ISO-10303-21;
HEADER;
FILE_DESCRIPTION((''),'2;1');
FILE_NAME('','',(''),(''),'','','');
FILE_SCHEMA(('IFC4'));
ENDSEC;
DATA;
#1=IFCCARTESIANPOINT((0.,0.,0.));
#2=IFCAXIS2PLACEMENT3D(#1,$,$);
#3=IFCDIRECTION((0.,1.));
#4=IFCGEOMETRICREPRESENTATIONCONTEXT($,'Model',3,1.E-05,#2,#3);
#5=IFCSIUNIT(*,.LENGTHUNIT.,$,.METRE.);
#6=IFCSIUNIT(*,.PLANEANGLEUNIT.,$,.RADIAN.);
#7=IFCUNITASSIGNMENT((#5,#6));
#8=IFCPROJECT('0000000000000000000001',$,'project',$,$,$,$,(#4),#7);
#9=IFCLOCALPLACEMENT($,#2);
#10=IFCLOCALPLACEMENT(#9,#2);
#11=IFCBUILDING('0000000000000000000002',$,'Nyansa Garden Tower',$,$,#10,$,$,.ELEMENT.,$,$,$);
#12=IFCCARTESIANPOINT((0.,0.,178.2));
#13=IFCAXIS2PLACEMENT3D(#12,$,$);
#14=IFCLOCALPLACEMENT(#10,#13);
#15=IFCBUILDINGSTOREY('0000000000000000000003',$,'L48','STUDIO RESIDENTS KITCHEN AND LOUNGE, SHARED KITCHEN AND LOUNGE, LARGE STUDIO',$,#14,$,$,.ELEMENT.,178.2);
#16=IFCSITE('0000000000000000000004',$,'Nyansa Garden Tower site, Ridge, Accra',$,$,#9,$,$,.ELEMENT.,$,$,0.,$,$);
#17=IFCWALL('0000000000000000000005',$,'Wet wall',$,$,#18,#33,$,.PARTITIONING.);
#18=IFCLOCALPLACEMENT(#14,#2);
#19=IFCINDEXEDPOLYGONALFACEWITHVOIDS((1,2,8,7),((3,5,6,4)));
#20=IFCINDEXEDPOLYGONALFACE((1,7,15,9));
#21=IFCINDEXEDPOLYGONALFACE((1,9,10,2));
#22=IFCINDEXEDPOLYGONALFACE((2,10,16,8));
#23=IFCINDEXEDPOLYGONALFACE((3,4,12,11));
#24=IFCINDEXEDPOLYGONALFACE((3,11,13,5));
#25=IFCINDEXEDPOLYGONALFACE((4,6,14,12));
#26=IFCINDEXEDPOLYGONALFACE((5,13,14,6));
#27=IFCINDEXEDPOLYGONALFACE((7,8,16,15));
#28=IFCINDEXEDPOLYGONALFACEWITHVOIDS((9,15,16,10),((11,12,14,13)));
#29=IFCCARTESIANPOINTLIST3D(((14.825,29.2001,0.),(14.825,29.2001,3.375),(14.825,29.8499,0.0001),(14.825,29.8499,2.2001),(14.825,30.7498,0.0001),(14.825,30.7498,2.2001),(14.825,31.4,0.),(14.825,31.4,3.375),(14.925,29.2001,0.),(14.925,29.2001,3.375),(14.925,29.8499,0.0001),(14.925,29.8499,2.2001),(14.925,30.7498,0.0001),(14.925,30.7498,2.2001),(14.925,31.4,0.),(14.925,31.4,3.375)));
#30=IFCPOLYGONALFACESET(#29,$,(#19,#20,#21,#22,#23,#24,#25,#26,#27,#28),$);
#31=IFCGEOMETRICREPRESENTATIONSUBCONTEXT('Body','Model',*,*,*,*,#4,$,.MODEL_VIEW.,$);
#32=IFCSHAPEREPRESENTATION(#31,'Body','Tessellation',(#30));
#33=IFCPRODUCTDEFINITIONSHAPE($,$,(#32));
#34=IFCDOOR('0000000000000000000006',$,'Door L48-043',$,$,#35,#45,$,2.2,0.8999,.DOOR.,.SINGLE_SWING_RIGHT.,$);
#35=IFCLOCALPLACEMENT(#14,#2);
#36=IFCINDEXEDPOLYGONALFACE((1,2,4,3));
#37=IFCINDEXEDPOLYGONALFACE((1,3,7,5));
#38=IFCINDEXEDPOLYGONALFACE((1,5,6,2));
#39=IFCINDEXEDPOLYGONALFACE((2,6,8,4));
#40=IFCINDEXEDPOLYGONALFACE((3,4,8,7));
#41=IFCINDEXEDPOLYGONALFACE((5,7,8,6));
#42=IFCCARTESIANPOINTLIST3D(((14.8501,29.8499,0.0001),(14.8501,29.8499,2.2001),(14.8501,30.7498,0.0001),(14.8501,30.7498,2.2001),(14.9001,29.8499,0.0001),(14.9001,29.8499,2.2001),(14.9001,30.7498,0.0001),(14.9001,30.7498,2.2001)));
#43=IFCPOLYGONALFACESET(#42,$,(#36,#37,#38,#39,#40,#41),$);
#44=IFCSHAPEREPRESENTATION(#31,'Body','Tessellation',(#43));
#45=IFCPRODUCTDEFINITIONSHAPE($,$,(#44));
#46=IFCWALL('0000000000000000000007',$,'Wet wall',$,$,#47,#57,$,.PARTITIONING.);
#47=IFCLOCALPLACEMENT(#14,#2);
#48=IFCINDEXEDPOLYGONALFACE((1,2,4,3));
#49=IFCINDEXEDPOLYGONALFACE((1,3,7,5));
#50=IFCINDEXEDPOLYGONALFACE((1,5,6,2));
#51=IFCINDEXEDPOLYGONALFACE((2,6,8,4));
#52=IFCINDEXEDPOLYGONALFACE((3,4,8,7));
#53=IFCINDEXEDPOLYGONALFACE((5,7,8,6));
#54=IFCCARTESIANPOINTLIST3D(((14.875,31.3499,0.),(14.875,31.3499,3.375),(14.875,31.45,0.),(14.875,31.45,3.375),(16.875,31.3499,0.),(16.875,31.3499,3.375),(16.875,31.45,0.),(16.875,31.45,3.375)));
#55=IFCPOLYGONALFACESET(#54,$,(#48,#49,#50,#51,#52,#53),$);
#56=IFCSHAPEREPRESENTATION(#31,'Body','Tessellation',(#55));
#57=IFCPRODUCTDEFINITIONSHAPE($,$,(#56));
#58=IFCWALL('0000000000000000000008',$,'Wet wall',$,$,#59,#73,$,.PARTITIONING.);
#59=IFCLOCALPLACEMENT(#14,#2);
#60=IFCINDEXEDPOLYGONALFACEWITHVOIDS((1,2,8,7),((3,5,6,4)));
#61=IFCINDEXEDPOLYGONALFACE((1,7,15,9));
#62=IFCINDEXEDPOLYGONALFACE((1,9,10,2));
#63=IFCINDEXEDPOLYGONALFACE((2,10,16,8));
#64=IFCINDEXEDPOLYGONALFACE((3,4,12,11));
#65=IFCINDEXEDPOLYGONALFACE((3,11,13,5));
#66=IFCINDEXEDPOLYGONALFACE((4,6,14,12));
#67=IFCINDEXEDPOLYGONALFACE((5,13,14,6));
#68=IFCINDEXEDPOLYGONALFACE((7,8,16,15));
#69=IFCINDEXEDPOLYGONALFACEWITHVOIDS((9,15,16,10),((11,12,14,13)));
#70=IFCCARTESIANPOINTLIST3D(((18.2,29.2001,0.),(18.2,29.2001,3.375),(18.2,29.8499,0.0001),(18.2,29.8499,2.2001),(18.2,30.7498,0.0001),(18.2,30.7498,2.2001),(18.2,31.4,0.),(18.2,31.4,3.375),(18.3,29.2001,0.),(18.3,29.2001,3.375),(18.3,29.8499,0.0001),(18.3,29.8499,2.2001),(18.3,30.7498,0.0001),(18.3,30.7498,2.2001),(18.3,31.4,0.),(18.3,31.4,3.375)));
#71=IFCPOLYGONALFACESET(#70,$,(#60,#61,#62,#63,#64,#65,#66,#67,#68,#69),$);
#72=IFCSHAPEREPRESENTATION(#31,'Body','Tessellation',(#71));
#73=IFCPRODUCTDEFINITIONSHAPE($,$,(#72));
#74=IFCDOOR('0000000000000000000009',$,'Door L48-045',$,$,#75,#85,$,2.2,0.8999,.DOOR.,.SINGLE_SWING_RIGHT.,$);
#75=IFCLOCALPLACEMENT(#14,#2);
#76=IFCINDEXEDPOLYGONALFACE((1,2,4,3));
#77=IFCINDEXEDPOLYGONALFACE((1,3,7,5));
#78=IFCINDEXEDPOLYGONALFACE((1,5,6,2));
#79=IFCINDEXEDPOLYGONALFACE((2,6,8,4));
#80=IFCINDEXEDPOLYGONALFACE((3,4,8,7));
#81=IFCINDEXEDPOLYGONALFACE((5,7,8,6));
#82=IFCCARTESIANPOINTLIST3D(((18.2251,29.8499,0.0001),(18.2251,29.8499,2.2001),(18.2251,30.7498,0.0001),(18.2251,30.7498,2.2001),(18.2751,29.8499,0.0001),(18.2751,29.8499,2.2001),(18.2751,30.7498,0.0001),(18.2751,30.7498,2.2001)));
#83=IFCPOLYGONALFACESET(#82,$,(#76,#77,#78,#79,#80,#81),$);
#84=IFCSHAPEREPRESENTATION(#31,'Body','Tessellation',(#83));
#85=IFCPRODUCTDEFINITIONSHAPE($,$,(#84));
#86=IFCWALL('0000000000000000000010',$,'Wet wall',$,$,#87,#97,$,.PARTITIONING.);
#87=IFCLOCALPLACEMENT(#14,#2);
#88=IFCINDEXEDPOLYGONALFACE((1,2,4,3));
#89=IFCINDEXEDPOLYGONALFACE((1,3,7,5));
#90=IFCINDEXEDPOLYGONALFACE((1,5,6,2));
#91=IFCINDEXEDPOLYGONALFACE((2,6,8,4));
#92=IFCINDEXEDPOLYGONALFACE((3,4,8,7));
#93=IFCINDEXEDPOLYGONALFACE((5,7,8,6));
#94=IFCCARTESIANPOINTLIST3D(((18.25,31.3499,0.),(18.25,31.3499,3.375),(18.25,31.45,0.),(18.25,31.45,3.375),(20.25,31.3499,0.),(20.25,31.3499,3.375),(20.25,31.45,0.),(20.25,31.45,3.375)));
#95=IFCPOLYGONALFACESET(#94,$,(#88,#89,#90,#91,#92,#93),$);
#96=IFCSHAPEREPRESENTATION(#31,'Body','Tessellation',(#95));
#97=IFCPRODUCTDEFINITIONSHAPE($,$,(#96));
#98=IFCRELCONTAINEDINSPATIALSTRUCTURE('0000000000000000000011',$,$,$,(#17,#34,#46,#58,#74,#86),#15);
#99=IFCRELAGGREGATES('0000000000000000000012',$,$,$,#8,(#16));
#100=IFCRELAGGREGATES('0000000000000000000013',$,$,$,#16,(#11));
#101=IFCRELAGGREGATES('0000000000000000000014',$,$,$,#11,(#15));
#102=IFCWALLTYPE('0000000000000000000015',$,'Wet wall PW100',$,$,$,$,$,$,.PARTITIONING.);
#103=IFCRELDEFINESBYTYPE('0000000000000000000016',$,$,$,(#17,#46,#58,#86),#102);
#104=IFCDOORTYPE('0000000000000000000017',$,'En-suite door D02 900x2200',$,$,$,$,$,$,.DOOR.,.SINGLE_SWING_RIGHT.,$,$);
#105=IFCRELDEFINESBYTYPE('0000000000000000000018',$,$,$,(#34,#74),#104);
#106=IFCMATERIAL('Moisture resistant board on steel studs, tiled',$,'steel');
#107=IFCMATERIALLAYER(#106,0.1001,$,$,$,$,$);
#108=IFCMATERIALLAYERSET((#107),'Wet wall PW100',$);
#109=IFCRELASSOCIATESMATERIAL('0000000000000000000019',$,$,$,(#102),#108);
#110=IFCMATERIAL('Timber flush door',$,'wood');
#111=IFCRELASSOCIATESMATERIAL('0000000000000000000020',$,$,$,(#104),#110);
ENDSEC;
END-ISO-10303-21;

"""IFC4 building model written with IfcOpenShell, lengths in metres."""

from ifc_helpers import new_model, si_unit, direction, frame, frame_2d, origin, place, context, subcontext, project, spatial, rectangle, extrude, material, layer, layer_set, type_object, element, fill, save


model = new_model("IFC4")

# Units and contexts
model_context = context("Model", 3, precision=1e-05, world=origin(), true_north=direction((0.0, 1.0)))
body_context = subcontext(model_context, "Body", "Model", "MODEL_VIEW")
ifc_project = project(units=[si_unit("LENGTHUNIT", "METRE"), si_unit("PLANEANGLEUNIT", "RADIAN")], contexts=[model_context])

# Site, building, storey
site_placement = place(None, origin())
site = spatial("IfcSite", under=ifc_project, at=site_placement, Name="Nyansa Garden Tower site, Ridge, Accra", CompositionType="ELEMENT", RefElevation=0.0)
building_placement = place(site_placement, origin())
building = spatial("IfcBuilding", under=site, at=building_placement, Name="Nyansa Garden Tower", CompositionType="ELEMENT")
storey_placement = place(building_placement, frame((0.0, 0.0, 178.2)))
storey = spatial("IfcBuildingStorey", under=building, at=storey_placement, Name="L48", Description="STUDIO RESIDENTS KITCHEN AND LOUNGE, SHARED KITCHEN AND LOUNGE, LARGE STUDIO", CompositionType="ELEMENT", Elevation=178.2)

# Wall, opening, door
ifc_material_1 = material(Name="Moisture resistant board on steel studs, tiled", Category="steel")
ifc_layer_1 = layer(ifc_material_1, 0.1001)
ifc_layer_set_1 = layer_set([ifc_layer_1], Name="Wet wall PW100")
wall_type_1 = type_object("IfcWallType", Name="Wet wall PW100", PredefinedType="PARTITIONING", material=ifc_layer_set_1)
wall_1_placement = place(storey_placement, frame((14.875, 29.2, 0.0), z_axis=(0.0, 0.0, 1.0), x_axis=(0.0, 1.0, 0.0)))
wall_1 = element("IfcWall", 1, at=wall_1_placement, inside=storey, type_object=wall_type_1, Name="Wet wall", PredefinedType="PARTITIONING", context=body_context, shape_type="SweptSolid", body=[
    extrude(rectangle(XDim=2.2, YDim=0.1001, at=frame_2d((1.1001, 0.0))), origin(), (0.0, 0.0, 1.0), 3.375),
])
opening_1_placement = place(wall_1_placement, frame((0.6499, 0.0, 0.0)))
opening_1 = element("IfcOpeningElement", 2, at=opening_1_placement, cuts=wall_1, PredefinedType="OPENING", context=body_context, shape_type="SweptSolid", body=[
    extrude(rectangle(XDim=0.8999, YDim=2.2, at=frame_2d((0.45, 1.1001))), frame((0.0, 0.0601, 0.0), z_axis=(0.0, -1.0, 0.0), x_axis=(1.0, 0.0, 0.0)), (0.0, 0.0, 1.0), 0.1201),
])
ifc_material_2 = material(Name="Timber flush door", Category="wood")
door_type = type_object("IfcDoorType", Name="En-suite door D02 900x2200", OperationType="SINGLE_SWING_RIGHT", PredefinedType="DOOR", material=ifc_material_2)
door_1_placement = place(opening_1_placement, origin())
door_1 = element("IfcDoor", 3, at=door_1_placement, inside=storey, type_object=door_type, Name="Door L48-043", OperationType="SINGLE_SWING_RIGHT", OverallHeight=2.2, OverallWidth=0.8999, PredefinedType="DOOR", context=body_context, shape_type="SweptSolid", body=[
    extrude(rectangle(XDim=0.8999, YDim=2.2, at=frame_2d((0.45, 1.1001))), frame((0.0, 0.0249, 0.0), z_axis=(0.0, -1.0, 0.0), x_axis=(1.0, 0.0, 0.0)), (0.0, 0.0, 1.0), 0.05),
])
fill(opening_1, door_1)

# Wall
wall_2_placement = place(storey_placement, frame((14.875, 31.3999, 0.0), z_axis=(0.0, 0.0, 1.0), x_axis=(1.0, 0.0, 0.0)))
element("IfcWall", 4, at=wall_2_placement, inside=storey, type_object=wall_type_1, Name="Wet wall", PredefinedType="PARTITIONING", context=body_context, shape_type="SweptSolid", body=[
    extrude(rectangle(XDim=2.0, YDim=0.1001, at=frame_2d((1.0, 0.0))), origin(), (0.0, 0.0, 1.0), 3.375),
])

# Wall, opening, door
wall_3_placement = place(storey_placement, frame((18.25, 29.2, 0.0), z_axis=(0.0, 0.0, 1.0), x_axis=(0.0, 1.0, 0.0)))
wall_3 = element("IfcWall", 5, at=wall_3_placement, inside=storey, type_object=wall_type_1, Name="Wet wall", PredefinedType="PARTITIONING", context=body_context, shape_type="SweptSolid", body=[
    extrude(rectangle(XDim=2.2, YDim=0.1001, at=frame_2d((1.1001, 0.0))), origin(), (0.0, 0.0, 1.0), 3.375),
])
opening_2_placement = place(wall_3_placement, frame((0.6499, 0.0, 0.0)))
opening_2 = element("IfcOpeningElement", 6, at=opening_2_placement, cuts=wall_3, PredefinedType="OPENING", context=body_context, shape_type="SweptSolid", body=[
    extrude(rectangle(XDim=0.8999, YDim=2.2, at=frame_2d((0.45, 1.1001))), frame((0.0, 0.0601, 0.0), z_axis=(0.0, -1.0, 0.0), x_axis=(1.0, 0.0, 0.0)), (0.0, 0.0, 1.0), 0.1201),
])
door_2_placement = place(opening_2_placement, origin())
door_2 = element("IfcDoor", 7, at=door_2_placement, inside=storey, type_object=door_type, Name="Door L48-045", OperationType="SINGLE_SWING_RIGHT", OverallHeight=2.2, OverallWidth=0.8999, PredefinedType="DOOR", context=body_context, shape_type="SweptSolid", body=[
    extrude(rectangle(XDim=0.8999, YDim=2.2, at=frame_2d((0.45, 1.1001))), frame((0.0, 0.0249, 0.0), z_axis=(0.0, -1.0, 0.0), x_axis=(1.0, 0.0, 0.0)), (0.0, 0.0, 1.0), 0.05),
])
fill(opening_2, door_2)

# Wall
wall_4_placement = place(storey_placement, frame((18.25, 31.3999, 0.0), z_axis=(0.0, 0.0, 1.0), x_axis=(1.0, 0.0, 0.0)))
element("IfcWall", 8, at=wall_4_placement, inside=storey, type_object=wall_type_1, Name="Wet wall", PredefinedType="PARTITIONING", context=body_context, shape_type="SweptSolid", body=[
    extrude(rectangle(XDim=2.0, YDim=0.1001, at=frame_2d((1.0, 0.0))), origin(), (0.0, 0.0, 1.0), 3.375),
])

save(model, "model.ifc")
